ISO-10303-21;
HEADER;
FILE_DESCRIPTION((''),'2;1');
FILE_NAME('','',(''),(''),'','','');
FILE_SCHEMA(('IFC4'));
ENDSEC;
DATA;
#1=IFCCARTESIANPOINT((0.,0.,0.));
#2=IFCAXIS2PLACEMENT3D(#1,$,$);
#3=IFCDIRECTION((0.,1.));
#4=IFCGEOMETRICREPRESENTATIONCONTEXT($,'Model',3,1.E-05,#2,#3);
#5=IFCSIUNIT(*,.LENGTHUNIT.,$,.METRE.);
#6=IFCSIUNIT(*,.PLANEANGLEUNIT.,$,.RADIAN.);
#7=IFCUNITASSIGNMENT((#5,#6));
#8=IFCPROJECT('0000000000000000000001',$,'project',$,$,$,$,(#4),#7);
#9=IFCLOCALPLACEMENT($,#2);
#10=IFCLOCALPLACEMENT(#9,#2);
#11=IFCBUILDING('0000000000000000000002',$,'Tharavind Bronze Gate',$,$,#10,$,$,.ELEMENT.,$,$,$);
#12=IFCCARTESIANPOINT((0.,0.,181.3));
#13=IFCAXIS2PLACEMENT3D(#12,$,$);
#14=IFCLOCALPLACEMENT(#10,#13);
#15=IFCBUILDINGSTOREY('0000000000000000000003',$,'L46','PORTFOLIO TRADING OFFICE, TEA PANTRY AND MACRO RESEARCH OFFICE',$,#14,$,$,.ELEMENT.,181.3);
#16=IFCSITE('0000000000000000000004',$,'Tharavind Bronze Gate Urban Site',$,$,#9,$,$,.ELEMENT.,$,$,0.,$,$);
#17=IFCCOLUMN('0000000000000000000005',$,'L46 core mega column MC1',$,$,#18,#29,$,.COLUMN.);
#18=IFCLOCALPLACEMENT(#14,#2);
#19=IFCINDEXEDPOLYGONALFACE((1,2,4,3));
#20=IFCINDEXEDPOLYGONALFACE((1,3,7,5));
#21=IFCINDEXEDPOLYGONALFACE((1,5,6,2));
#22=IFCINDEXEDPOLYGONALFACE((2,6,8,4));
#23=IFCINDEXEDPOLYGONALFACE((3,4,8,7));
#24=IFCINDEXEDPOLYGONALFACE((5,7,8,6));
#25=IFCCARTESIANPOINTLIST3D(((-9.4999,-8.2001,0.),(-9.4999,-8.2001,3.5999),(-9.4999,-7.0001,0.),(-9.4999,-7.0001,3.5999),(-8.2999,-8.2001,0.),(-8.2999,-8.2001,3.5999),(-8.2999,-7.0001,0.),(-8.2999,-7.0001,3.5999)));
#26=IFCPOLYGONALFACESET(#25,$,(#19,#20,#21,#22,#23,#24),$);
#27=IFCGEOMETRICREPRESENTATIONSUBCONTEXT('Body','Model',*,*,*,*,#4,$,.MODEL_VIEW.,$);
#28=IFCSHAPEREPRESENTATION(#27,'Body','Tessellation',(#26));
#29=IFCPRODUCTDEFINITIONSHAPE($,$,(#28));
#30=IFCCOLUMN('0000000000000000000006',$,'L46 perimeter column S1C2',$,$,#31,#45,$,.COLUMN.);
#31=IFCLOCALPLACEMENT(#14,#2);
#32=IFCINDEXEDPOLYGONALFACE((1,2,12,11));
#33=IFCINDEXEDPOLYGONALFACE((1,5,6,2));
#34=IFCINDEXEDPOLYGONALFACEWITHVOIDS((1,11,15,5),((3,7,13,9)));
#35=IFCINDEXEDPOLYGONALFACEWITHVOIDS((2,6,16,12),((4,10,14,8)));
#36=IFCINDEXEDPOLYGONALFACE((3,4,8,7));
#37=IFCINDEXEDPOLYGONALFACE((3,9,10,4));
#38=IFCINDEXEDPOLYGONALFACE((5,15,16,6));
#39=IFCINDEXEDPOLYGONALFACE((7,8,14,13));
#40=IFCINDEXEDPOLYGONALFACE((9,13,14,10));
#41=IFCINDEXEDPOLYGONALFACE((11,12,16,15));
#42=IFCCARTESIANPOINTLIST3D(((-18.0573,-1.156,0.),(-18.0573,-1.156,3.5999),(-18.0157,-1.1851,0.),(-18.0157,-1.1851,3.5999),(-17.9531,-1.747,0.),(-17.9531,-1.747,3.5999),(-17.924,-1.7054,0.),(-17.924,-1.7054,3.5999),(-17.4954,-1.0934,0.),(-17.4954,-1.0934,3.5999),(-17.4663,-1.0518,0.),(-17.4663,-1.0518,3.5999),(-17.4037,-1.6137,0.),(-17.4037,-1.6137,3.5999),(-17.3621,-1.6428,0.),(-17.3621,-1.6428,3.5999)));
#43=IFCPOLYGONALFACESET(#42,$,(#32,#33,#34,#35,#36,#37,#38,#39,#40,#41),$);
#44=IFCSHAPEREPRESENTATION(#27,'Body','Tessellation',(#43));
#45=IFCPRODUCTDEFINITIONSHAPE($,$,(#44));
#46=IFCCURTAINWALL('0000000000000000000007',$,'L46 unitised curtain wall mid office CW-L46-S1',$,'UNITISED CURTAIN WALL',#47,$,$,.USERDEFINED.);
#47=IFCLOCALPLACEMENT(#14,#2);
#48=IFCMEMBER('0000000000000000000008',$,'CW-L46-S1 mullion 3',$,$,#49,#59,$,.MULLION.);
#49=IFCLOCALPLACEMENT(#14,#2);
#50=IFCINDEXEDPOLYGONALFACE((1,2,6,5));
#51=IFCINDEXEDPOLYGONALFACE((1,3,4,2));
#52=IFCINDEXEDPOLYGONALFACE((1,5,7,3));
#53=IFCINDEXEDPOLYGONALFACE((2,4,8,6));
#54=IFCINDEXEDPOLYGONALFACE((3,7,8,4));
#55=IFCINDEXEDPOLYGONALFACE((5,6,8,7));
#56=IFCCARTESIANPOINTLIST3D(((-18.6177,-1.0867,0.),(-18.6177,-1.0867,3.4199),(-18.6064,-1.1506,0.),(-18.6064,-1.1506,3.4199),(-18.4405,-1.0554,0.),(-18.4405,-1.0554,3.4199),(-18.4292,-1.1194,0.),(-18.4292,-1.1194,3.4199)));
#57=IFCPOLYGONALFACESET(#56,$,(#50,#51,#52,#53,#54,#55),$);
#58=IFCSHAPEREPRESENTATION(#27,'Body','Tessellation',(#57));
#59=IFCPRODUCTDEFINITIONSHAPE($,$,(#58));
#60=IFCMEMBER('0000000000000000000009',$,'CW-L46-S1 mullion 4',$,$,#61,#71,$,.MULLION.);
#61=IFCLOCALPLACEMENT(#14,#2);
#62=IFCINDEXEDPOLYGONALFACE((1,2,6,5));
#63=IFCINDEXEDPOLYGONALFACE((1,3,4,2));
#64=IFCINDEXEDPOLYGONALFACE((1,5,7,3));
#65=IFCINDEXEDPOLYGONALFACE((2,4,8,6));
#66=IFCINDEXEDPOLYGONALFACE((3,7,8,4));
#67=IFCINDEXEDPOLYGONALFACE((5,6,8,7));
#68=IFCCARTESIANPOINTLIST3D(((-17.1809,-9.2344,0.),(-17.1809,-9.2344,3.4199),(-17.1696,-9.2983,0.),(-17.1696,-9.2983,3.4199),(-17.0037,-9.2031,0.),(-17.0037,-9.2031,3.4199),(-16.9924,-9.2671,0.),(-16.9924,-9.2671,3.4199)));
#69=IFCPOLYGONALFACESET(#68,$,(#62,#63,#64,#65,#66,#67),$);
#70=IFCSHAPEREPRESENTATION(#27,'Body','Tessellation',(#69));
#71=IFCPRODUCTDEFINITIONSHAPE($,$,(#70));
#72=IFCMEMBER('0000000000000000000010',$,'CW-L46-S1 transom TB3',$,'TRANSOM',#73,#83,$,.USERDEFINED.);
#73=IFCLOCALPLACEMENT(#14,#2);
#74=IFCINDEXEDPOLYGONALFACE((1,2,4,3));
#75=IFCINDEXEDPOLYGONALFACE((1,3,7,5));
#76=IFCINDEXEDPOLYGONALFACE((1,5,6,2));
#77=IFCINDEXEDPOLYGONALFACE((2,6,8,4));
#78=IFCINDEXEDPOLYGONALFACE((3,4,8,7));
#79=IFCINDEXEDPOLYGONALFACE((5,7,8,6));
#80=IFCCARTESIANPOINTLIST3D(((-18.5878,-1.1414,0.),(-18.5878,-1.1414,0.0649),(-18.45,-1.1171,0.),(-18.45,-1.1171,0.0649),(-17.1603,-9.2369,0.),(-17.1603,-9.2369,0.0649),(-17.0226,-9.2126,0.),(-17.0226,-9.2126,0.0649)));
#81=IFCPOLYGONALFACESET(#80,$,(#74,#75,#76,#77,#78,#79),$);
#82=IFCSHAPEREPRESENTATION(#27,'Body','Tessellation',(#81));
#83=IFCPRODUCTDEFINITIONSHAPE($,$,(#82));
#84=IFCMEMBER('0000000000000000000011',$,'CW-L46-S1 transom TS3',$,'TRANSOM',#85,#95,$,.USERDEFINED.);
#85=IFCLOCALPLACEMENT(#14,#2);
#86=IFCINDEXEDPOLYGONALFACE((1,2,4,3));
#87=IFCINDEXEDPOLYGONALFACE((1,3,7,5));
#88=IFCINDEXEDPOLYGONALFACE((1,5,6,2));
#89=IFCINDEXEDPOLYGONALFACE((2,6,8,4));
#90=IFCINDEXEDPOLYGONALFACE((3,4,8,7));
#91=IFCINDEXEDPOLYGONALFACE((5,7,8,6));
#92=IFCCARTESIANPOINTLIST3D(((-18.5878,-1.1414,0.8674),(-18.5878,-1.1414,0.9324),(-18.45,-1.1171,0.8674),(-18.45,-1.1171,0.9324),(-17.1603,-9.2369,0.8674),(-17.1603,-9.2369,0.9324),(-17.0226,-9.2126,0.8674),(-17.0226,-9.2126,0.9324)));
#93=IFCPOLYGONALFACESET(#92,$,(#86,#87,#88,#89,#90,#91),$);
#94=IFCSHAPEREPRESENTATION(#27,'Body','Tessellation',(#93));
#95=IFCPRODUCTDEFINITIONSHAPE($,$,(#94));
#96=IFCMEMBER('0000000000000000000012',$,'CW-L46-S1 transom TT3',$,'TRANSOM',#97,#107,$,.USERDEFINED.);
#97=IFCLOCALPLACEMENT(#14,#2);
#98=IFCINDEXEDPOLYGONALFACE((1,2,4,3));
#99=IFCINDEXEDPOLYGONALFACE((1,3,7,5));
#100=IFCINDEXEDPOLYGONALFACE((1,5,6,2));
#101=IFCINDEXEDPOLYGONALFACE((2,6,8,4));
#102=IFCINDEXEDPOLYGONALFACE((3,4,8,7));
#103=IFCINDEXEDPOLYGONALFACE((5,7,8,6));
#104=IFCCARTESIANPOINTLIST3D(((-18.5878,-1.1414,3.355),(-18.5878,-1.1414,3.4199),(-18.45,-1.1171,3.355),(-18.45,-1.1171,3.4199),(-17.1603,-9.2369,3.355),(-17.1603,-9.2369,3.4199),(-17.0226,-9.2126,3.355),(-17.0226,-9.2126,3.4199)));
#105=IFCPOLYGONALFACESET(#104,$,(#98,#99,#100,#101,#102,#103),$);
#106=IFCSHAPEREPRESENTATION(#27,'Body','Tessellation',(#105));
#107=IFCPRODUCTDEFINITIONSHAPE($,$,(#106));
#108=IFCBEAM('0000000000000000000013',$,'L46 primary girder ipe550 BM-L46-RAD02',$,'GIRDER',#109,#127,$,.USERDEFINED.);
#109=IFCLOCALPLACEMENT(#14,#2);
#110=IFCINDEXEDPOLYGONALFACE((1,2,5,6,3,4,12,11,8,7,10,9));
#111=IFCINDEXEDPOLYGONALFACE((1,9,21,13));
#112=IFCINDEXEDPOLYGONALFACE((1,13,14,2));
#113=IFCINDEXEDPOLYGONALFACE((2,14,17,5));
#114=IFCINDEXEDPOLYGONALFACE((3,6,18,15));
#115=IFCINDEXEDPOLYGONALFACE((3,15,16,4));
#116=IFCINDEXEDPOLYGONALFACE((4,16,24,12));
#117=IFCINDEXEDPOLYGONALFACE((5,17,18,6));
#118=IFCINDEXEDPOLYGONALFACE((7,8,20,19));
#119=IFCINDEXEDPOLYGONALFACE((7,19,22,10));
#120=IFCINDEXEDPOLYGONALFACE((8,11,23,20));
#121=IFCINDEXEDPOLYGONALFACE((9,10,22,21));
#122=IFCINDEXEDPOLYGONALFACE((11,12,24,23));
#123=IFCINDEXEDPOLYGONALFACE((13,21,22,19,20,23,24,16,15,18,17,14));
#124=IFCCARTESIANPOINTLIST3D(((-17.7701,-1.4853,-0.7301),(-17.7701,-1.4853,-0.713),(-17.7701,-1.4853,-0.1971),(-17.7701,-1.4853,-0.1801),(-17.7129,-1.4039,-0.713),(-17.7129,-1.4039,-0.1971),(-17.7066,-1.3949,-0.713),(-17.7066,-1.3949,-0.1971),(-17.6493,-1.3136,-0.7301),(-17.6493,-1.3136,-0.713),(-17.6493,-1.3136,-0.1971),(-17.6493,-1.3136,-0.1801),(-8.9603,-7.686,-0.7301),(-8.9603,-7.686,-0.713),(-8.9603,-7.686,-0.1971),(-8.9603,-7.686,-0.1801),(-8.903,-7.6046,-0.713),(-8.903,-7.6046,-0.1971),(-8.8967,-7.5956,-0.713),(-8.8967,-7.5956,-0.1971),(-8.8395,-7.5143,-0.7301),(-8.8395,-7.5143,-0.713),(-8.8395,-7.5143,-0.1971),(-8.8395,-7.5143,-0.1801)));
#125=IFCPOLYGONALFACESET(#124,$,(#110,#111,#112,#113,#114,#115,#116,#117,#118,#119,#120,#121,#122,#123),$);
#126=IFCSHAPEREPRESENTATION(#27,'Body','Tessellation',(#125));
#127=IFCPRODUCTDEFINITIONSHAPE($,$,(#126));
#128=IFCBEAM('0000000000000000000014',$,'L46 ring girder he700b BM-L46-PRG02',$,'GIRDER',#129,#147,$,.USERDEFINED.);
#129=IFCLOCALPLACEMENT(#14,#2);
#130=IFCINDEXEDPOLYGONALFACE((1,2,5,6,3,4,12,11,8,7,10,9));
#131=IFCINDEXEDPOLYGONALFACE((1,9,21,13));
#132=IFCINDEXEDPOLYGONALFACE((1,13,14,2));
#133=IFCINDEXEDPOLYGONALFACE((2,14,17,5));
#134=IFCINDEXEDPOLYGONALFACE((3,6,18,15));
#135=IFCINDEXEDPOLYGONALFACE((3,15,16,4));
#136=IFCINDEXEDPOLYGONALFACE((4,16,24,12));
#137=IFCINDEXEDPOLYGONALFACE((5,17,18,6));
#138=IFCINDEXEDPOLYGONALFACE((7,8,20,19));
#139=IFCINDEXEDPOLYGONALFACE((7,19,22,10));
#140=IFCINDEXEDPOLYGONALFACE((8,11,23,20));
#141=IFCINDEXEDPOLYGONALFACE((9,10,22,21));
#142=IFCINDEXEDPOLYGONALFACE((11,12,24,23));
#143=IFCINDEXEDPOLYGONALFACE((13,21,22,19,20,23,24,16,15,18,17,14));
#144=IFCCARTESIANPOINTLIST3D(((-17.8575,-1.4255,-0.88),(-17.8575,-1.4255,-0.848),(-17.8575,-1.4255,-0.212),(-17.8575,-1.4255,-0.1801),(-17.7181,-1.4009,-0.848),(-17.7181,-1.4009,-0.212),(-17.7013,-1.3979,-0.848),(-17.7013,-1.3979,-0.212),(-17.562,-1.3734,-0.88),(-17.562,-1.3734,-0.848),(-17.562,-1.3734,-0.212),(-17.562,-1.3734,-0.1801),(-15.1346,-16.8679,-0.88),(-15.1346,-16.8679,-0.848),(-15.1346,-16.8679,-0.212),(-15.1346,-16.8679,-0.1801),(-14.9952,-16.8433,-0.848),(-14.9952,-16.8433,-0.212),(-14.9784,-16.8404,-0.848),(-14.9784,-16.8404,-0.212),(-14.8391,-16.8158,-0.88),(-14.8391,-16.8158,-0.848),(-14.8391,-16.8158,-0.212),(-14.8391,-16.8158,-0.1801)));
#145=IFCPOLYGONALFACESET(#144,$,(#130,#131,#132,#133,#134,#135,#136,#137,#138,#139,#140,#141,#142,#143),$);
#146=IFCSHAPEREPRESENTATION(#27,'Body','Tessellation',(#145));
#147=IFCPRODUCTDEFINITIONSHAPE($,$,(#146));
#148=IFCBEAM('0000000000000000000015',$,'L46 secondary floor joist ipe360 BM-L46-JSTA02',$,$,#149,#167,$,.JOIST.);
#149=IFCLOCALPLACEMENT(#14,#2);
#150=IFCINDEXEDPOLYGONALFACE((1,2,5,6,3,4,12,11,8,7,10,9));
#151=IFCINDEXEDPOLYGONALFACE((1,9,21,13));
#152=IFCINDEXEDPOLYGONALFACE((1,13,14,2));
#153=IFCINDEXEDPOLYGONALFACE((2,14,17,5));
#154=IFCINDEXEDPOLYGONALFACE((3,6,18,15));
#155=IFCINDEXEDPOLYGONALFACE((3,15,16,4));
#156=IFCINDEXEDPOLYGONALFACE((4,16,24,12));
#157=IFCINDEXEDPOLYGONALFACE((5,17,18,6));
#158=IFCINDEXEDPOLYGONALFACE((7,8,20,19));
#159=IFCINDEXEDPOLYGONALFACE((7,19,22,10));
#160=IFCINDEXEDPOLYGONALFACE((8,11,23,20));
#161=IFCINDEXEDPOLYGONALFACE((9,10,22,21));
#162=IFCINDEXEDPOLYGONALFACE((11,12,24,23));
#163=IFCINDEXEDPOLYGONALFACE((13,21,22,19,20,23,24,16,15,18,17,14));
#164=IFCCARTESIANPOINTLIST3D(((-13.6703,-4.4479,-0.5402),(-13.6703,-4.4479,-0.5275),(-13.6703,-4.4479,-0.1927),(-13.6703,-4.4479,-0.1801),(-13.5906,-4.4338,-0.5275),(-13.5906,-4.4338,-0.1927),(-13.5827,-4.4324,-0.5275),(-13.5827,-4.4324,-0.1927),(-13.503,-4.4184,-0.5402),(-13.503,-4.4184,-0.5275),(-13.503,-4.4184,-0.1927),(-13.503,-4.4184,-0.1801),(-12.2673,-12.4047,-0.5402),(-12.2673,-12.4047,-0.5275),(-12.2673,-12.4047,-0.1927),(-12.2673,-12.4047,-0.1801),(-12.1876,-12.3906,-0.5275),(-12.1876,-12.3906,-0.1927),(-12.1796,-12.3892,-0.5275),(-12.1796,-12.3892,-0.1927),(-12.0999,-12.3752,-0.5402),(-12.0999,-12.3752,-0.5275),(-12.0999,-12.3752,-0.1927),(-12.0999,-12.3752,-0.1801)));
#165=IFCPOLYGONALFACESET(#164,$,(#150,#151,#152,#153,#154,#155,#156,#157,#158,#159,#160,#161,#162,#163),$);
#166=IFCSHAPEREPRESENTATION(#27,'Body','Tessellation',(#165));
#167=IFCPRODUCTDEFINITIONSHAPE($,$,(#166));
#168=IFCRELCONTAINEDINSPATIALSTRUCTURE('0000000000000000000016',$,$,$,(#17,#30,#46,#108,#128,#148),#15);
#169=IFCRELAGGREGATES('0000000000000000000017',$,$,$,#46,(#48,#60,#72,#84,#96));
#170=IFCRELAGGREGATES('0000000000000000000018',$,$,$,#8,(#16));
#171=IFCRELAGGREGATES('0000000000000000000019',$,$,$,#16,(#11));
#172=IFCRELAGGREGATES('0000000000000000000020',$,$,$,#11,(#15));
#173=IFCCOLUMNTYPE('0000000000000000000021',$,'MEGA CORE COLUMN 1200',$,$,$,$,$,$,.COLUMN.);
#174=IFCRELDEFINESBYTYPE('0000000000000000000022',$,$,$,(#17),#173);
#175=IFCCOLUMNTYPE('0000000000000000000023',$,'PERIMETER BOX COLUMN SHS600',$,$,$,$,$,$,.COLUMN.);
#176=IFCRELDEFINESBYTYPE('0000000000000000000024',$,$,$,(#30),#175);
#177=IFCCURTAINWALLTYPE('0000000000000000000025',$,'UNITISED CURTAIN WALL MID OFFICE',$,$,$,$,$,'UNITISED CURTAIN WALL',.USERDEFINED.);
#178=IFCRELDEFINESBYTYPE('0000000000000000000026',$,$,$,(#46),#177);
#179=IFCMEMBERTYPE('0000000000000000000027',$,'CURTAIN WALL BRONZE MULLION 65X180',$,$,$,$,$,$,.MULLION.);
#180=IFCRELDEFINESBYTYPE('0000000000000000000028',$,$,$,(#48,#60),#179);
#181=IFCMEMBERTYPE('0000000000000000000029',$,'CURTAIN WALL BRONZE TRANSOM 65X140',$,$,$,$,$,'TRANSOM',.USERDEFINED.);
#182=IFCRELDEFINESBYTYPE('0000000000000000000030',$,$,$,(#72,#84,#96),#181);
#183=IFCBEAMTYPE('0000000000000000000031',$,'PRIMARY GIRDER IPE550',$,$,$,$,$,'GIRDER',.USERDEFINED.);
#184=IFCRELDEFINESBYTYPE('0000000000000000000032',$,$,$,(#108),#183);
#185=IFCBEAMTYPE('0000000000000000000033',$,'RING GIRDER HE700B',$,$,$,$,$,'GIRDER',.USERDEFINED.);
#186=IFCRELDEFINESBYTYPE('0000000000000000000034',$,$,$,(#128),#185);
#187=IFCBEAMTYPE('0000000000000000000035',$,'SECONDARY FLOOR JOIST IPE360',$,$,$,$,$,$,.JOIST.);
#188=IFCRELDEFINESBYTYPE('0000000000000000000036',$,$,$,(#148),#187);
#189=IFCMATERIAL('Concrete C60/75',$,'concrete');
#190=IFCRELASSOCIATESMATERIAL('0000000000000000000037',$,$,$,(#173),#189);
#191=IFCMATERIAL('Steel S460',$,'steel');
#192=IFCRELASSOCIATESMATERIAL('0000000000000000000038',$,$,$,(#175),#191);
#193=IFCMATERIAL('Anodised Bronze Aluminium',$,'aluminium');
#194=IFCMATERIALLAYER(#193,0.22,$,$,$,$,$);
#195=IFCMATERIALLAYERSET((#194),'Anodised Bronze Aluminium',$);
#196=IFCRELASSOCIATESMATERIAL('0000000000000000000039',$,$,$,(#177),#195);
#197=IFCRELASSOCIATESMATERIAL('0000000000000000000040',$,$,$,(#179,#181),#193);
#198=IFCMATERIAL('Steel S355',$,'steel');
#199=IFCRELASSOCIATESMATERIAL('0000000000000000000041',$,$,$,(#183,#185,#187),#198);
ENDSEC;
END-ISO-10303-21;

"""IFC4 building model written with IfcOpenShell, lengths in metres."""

from ifc_helpers import new_model, si_unit, direction, frame, origin, origin_2d, place, context, subcontext, project, spatial, rectangle, hollow_rectangle, i_section, extrude, material, layer, layer_set, material_profile, profile_set, type_object, element, aggregate, save


model = new_model("IFC4")

# Units and contexts
model_context = context("Model", 3, precision=1e-05, world=origin(), true_north=direction((0.0, 1.0)))
body_context = subcontext(model_context, "Body", "Model", "MODEL_VIEW")
ifc_project = project(units=[si_unit("LENGTHUNIT", "METRE"), si_unit("PLANEANGLEUNIT", "RADIAN")], contexts=[model_context])

# Site, building, storey
site_placement = place(None, origin())
site = spatial("IfcSite", under=ifc_project, at=site_placement, Name="Tharavind Bronze Gate Urban Site", CompositionType="ELEMENT", RefElevation=0.0)
building_placement = place(site_placement, origin())
building = spatial("IfcBuilding", under=site, at=building_placement, Name="Tharavind Bronze Gate", CompositionType="ELEMENT")
storey_placement = place(building_placement, frame((0.0, 0.0, 181.3)))
storey = spatial("IfcBuildingStorey", under=building, at=storey_placement, Name="L46", Description="PORTFOLIO TRADING OFFICE, TEA PANTRY AND MACRO RESEARCH OFFICE", CompositionType="ELEMENT", Elevation=181.3)

# Columns
ifc_material_1 = material(Name="Concrete C60/75", Category="concrete")
ifc_material_profile_1 = material_profile(ifc_material_1, rectangle(XDim=1.2, YDim=1.2, at=origin_2d()), Name="RCCOL1200")
ifc_profile_set_1 = profile_set([ifc_material_profile_1], Name="Concrete C60/75")
column_type_1 = type_object("IfcColumnType", Name="MEGA CORE COLUMN 1200", PredefinedType="COLUMN", material=ifc_profile_set_1)
column_1_placement = place(storey_placement, frame((-8.8999, -7.6001, 0.0), z_axis=(0.0, 0.0, 1.0), x_axis=(1.0, 0.0, 0.0)))
element("IfcColumn", 1, at=column_1_placement, inside=storey, type_object=column_type_1, Name="L46 core mega column MC1", PredefinedType="COLUMN", context=body_context, shape_type="SweptSolid", body=[
    extrude(rectangle(XDim=1.2, YDim=1.2, at=origin_2d()), origin(), (0.0, 0.0, 1.0), 3.5999),
])
ifc_material_2 = material(Name="Steel S460", Category="steel")
ifc_material_profile_2 = material_profile(ifc_material_2, hollow_rectangle(XDim=0.6001, YDim=0.6001, WallThickness=0.0359, at=origin_2d()), Name="SHS600X36")
ifc_profile_set_2 = profile_set([ifc_material_profile_2], Name="Steel S460")
column_type_2 = type_object("IfcColumnType", Name="PERIMETER BOX COLUMN SHS600", PredefinedType="COLUMN", material=ifc_profile_set_2)
column_2_placement = place(storey_placement, frame((-17.7097, -1.3994, 0.0), z_axis=(0.0, 0.0, 1.0), x_axis=(-0.173648, 0.984808, 0.0)))
element("IfcColumn", 2, at=column_2_placement, inside=storey, type_object=column_type_2, Name="L46 perimeter column S1C2", PredefinedType="COLUMN", context=body_context, shape_type="SweptSolid", body=[
    extrude(hollow_rectangle(XDim=0.6001, YDim=0.6001, WallThickness=0.0359, at=origin_2d()), origin(), (0.0, 0.0, 1.0), 3.5999),
])

# Curtain wall, members
ifc_material_3 = material(Name="Anodised Bronze Aluminium", Category="aluminium")
ifc_layer_1 = layer(ifc_material_3, 0.22)
ifc_layer_set_1 = layer_set([ifc_layer_1], Name="Anodised Bronze Aluminium")
curtain_wall_type = type_object("IfcCurtainWallType", Name="UNITISED CURTAIN WALL MID OFFICE", ElementType="UNITISED CURTAIN WALL", PredefinedType="USERDEFINED", material=ifc_layer_set_1)
curtain_wall_placement = place(storey_placement, origin())
curtain_wall = element("IfcCurtainWall", 3, at=curtain_wall_placement, inside=storey, type_object=curtain_wall_type, Name="L46 unitised curtain wall mid office CW-L46-S1", ObjectType="UNITISED CURTAIN WALL", PredefinedType="USERDEFINED")
member_type_1 = type_object("IfcMemberType", Name="CURTAIN WALL BRONZE MULLION 65X180", PredefinedType="MULLION", material=ifc_material_3)
member_1_placement = place(storey_placement, frame((-18.5234, -1.103, 0.0), z_axis=(0.0, 0.0, 1.0), x_axis=(0.173648, -0.984808, 0.0)))
member_1 = element("IfcMember", 4, at=member_1_placement, type_object=member_type_1, Name="CW-L46-S1 mullion 3", PredefinedType="MULLION", context=body_context, shape_type="SweptSolid", body=[
    extrude(rectangle(XDim=0.0649, YDim=0.1799, at=origin_2d()), origin(), (0.0, 0.0, 1.0), 3.4199),
])
member_2_placement = place(storey_placement, frame((-17.0867, -9.2507, 0.0), z_axis=(0.0, 0.0, 1.0), x_axis=(0.173648, -0.984808, 0.0)))
member_2 = element("IfcMember", 5, at=member_2_placement, type_object=member_type_1, Name="CW-L46-S1 mullion 4", PredefinedType="MULLION", context=body_context, shape_type="SweptSolid", body=[
    extrude(rectangle(XDim=0.0649, YDim=0.1799, at=origin_2d()), origin(), (0.0, 0.0, 1.0), 3.4199),
])
member_type_2 = type_object("IfcMemberType", Name="CURTAIN WALL BRONZE TRANSOM 65X140", ElementType="TRANSOM", PredefinedType="USERDEFINED", material=ifc_material_3)
member_3_placement = place(storey_placement, frame((-17.8052, -5.177, 0.0), z_axis=(0.0, 0.0, 1.0), x_axis=(0.173648, -0.984808, 0.0)))
member_3 = element("IfcMember", 6, at=member_3_placement, type_object=member_type_2, Name="CW-L46-S1 transom TB3", ObjectType="TRANSOM", PredefinedType="USERDEFINED", context=body_context, shape_type="SweptSolid", body=[
    extrude(rectangle(XDim=8.2205, YDim=0.1399, at=origin_2d()), origin(), (0.0, 0.0, 1.0), 0.0649),
])
member_4_placement = place(storey_placement, frame((-17.8052, -5.177, 0.8674), z_axis=(0.0, 0.0, 1.0), x_axis=(0.173648, -0.984808, 0.0)))
member_4 = element("IfcMember", 7, at=member_4_placement, type_object=member_type_2, Name="CW-L46-S1 transom TS3", ObjectType="TRANSOM", PredefinedType="USERDEFINED", context=body_context, shape_type="SweptSolid", body=[
    extrude(rectangle(XDim=8.2205, YDim=0.1399, at=origin_2d()), origin(), (0.0, 0.0, 1.0), 0.0649),
])
member_5_placement = place(storey_placement, frame((-17.8052, -5.177, 3.355), z_axis=(0.0, 0.0, 1.0), x_axis=(0.173648, -0.984808, 0.0)))
member_5 = element("IfcMember", 8, at=member_5_placement, type_object=member_type_2, Name="CW-L46-S1 transom TT3", ObjectType="TRANSOM", PredefinedType="USERDEFINED", context=body_context, shape_type="SweptSolid", body=[
    extrude(rectangle(XDim=8.2205, YDim=0.1399, at=origin_2d()), origin(), (0.0, 0.0, 1.0), 0.0649),
])

# Beams
ifc_material_4 = material(Name="Steel S355", Category="steel")
ifc_material_profile_3 = material_profile(ifc_material_4, i_section(OverallWidth=0.21, OverallDepth=0.55, WebThickness=0.011, FlangeThickness=0.0171, at=origin_2d()), Name="IPE550")
ifc_profile_set_3 = profile_set([ifc_material_profile_3], Name="Steel S355")
beam_type_1 = type_object("IfcBeamType", Name="PRIMARY GIRDER IPE550", ElementType="GIRDER", PredefinedType="USERDEFINED", material=ifc_profile_set_3)
beam_1_placement = place(storey_placement, frame((-17.7097, -1.3994, -0.4551), z_axis=(0.817755, -0.575567, 0.0), x_axis=(0.575567, 0.817755, 0.0)))
element("IfcBeam", 9, at=beam_1_placement, inside=storey, type_object=beam_type_1, Name="L46 primary girder ipe550 BM-L46-RAD02", ObjectType="GIRDER", PredefinedType="USERDEFINED", context=body_context, shape_type="SweptSolid", body=[
    extrude(i_section(OverallWidth=0.21, OverallDepth=0.55, WebThickness=0.011, FlangeThickness=0.0171, at=origin_2d()), origin(), (0.0, 0.0, 1.0), 10.7732),
])
ifc_material_profile_4 = material_profile(ifc_material_4, i_section(OverallWidth=0.3, OverallDepth=0.7, WebThickness=0.0171, FlangeThickness=0.032, at=origin_2d()), Name="HE700B")
ifc_profile_set_4 = profile_set([ifc_material_profile_4], Name="Steel S355")
beam_type_2 = type_object("IfcBeamType", Name="RING GIRDER HE700B", ElementType="GIRDER", PredefinedType="USERDEFINED", material=ifc_profile_set_4)
beam_2_placement = place(storey_placement, frame((-17.7097, -1.3994, -0.53), z_axis=(0.173648, -0.984808, 0.0), x_axis=(0.984808, 0.173648, 0.0)))
element("IfcBeam", 10, at=beam_2_placement, inside=storey, type_object=beam_type_2, Name="L46 ring girder he700b BM-L46-PRG02", ObjectType="GIRDER", PredefinedType="USERDEFINED", context=body_context, shape_type="SweptSolid", body=[
    extrude(i_section(OverallWidth=0.3, OverallDepth=0.7, WebThickness=0.0171, FlangeThickness=0.032, at=origin_2d()), origin(), (0.0, 0.0, 1.0), 15.6807),
])
ifc_material_profile_5 = material_profile(ifc_material_4, i_section(OverallWidth=0.1699, OverallDepth=0.3601, WebThickness=0.0081, FlangeThickness=0.0127, at=origin_2d()), Name="IPE360")
ifc_profile_set_5 = profile_set([ifc_material_profile_5], Name="Steel S355")
beam_type_3 = type_object("IfcBeamType", Name="SECONDARY FLOOR JOIST IPE360", PredefinedType="JOIST", material=ifc_profile_set_5)
beam_3_placement = place(storey_placement, frame((-13.5867, -4.4331, -0.3601), z_axis=(0.173658, -0.984806, 0.0), x_axis=(0.984806, 0.173658, 0.0)))
element("IfcBeam", 11, at=beam_3_placement, inside=storey, type_object=beam_type_3, Name="L46 secondary floor joist ipe360 BM-L46-JSTA02", PredefinedType="JOIST", context=body_context, shape_type="SweptSolid", body=[
    extrude(i_section(OverallWidth=0.1699, OverallDepth=0.3601, WebThickness=0.0081, FlangeThickness=0.0127, at=origin_2d()), origin(), (0.0, 0.0, 1.0), 8.0796),
])

aggregate(curtain_wall, [member_1, member_2, member_3, member_4, member_5])

save(model, "model.ifc")
